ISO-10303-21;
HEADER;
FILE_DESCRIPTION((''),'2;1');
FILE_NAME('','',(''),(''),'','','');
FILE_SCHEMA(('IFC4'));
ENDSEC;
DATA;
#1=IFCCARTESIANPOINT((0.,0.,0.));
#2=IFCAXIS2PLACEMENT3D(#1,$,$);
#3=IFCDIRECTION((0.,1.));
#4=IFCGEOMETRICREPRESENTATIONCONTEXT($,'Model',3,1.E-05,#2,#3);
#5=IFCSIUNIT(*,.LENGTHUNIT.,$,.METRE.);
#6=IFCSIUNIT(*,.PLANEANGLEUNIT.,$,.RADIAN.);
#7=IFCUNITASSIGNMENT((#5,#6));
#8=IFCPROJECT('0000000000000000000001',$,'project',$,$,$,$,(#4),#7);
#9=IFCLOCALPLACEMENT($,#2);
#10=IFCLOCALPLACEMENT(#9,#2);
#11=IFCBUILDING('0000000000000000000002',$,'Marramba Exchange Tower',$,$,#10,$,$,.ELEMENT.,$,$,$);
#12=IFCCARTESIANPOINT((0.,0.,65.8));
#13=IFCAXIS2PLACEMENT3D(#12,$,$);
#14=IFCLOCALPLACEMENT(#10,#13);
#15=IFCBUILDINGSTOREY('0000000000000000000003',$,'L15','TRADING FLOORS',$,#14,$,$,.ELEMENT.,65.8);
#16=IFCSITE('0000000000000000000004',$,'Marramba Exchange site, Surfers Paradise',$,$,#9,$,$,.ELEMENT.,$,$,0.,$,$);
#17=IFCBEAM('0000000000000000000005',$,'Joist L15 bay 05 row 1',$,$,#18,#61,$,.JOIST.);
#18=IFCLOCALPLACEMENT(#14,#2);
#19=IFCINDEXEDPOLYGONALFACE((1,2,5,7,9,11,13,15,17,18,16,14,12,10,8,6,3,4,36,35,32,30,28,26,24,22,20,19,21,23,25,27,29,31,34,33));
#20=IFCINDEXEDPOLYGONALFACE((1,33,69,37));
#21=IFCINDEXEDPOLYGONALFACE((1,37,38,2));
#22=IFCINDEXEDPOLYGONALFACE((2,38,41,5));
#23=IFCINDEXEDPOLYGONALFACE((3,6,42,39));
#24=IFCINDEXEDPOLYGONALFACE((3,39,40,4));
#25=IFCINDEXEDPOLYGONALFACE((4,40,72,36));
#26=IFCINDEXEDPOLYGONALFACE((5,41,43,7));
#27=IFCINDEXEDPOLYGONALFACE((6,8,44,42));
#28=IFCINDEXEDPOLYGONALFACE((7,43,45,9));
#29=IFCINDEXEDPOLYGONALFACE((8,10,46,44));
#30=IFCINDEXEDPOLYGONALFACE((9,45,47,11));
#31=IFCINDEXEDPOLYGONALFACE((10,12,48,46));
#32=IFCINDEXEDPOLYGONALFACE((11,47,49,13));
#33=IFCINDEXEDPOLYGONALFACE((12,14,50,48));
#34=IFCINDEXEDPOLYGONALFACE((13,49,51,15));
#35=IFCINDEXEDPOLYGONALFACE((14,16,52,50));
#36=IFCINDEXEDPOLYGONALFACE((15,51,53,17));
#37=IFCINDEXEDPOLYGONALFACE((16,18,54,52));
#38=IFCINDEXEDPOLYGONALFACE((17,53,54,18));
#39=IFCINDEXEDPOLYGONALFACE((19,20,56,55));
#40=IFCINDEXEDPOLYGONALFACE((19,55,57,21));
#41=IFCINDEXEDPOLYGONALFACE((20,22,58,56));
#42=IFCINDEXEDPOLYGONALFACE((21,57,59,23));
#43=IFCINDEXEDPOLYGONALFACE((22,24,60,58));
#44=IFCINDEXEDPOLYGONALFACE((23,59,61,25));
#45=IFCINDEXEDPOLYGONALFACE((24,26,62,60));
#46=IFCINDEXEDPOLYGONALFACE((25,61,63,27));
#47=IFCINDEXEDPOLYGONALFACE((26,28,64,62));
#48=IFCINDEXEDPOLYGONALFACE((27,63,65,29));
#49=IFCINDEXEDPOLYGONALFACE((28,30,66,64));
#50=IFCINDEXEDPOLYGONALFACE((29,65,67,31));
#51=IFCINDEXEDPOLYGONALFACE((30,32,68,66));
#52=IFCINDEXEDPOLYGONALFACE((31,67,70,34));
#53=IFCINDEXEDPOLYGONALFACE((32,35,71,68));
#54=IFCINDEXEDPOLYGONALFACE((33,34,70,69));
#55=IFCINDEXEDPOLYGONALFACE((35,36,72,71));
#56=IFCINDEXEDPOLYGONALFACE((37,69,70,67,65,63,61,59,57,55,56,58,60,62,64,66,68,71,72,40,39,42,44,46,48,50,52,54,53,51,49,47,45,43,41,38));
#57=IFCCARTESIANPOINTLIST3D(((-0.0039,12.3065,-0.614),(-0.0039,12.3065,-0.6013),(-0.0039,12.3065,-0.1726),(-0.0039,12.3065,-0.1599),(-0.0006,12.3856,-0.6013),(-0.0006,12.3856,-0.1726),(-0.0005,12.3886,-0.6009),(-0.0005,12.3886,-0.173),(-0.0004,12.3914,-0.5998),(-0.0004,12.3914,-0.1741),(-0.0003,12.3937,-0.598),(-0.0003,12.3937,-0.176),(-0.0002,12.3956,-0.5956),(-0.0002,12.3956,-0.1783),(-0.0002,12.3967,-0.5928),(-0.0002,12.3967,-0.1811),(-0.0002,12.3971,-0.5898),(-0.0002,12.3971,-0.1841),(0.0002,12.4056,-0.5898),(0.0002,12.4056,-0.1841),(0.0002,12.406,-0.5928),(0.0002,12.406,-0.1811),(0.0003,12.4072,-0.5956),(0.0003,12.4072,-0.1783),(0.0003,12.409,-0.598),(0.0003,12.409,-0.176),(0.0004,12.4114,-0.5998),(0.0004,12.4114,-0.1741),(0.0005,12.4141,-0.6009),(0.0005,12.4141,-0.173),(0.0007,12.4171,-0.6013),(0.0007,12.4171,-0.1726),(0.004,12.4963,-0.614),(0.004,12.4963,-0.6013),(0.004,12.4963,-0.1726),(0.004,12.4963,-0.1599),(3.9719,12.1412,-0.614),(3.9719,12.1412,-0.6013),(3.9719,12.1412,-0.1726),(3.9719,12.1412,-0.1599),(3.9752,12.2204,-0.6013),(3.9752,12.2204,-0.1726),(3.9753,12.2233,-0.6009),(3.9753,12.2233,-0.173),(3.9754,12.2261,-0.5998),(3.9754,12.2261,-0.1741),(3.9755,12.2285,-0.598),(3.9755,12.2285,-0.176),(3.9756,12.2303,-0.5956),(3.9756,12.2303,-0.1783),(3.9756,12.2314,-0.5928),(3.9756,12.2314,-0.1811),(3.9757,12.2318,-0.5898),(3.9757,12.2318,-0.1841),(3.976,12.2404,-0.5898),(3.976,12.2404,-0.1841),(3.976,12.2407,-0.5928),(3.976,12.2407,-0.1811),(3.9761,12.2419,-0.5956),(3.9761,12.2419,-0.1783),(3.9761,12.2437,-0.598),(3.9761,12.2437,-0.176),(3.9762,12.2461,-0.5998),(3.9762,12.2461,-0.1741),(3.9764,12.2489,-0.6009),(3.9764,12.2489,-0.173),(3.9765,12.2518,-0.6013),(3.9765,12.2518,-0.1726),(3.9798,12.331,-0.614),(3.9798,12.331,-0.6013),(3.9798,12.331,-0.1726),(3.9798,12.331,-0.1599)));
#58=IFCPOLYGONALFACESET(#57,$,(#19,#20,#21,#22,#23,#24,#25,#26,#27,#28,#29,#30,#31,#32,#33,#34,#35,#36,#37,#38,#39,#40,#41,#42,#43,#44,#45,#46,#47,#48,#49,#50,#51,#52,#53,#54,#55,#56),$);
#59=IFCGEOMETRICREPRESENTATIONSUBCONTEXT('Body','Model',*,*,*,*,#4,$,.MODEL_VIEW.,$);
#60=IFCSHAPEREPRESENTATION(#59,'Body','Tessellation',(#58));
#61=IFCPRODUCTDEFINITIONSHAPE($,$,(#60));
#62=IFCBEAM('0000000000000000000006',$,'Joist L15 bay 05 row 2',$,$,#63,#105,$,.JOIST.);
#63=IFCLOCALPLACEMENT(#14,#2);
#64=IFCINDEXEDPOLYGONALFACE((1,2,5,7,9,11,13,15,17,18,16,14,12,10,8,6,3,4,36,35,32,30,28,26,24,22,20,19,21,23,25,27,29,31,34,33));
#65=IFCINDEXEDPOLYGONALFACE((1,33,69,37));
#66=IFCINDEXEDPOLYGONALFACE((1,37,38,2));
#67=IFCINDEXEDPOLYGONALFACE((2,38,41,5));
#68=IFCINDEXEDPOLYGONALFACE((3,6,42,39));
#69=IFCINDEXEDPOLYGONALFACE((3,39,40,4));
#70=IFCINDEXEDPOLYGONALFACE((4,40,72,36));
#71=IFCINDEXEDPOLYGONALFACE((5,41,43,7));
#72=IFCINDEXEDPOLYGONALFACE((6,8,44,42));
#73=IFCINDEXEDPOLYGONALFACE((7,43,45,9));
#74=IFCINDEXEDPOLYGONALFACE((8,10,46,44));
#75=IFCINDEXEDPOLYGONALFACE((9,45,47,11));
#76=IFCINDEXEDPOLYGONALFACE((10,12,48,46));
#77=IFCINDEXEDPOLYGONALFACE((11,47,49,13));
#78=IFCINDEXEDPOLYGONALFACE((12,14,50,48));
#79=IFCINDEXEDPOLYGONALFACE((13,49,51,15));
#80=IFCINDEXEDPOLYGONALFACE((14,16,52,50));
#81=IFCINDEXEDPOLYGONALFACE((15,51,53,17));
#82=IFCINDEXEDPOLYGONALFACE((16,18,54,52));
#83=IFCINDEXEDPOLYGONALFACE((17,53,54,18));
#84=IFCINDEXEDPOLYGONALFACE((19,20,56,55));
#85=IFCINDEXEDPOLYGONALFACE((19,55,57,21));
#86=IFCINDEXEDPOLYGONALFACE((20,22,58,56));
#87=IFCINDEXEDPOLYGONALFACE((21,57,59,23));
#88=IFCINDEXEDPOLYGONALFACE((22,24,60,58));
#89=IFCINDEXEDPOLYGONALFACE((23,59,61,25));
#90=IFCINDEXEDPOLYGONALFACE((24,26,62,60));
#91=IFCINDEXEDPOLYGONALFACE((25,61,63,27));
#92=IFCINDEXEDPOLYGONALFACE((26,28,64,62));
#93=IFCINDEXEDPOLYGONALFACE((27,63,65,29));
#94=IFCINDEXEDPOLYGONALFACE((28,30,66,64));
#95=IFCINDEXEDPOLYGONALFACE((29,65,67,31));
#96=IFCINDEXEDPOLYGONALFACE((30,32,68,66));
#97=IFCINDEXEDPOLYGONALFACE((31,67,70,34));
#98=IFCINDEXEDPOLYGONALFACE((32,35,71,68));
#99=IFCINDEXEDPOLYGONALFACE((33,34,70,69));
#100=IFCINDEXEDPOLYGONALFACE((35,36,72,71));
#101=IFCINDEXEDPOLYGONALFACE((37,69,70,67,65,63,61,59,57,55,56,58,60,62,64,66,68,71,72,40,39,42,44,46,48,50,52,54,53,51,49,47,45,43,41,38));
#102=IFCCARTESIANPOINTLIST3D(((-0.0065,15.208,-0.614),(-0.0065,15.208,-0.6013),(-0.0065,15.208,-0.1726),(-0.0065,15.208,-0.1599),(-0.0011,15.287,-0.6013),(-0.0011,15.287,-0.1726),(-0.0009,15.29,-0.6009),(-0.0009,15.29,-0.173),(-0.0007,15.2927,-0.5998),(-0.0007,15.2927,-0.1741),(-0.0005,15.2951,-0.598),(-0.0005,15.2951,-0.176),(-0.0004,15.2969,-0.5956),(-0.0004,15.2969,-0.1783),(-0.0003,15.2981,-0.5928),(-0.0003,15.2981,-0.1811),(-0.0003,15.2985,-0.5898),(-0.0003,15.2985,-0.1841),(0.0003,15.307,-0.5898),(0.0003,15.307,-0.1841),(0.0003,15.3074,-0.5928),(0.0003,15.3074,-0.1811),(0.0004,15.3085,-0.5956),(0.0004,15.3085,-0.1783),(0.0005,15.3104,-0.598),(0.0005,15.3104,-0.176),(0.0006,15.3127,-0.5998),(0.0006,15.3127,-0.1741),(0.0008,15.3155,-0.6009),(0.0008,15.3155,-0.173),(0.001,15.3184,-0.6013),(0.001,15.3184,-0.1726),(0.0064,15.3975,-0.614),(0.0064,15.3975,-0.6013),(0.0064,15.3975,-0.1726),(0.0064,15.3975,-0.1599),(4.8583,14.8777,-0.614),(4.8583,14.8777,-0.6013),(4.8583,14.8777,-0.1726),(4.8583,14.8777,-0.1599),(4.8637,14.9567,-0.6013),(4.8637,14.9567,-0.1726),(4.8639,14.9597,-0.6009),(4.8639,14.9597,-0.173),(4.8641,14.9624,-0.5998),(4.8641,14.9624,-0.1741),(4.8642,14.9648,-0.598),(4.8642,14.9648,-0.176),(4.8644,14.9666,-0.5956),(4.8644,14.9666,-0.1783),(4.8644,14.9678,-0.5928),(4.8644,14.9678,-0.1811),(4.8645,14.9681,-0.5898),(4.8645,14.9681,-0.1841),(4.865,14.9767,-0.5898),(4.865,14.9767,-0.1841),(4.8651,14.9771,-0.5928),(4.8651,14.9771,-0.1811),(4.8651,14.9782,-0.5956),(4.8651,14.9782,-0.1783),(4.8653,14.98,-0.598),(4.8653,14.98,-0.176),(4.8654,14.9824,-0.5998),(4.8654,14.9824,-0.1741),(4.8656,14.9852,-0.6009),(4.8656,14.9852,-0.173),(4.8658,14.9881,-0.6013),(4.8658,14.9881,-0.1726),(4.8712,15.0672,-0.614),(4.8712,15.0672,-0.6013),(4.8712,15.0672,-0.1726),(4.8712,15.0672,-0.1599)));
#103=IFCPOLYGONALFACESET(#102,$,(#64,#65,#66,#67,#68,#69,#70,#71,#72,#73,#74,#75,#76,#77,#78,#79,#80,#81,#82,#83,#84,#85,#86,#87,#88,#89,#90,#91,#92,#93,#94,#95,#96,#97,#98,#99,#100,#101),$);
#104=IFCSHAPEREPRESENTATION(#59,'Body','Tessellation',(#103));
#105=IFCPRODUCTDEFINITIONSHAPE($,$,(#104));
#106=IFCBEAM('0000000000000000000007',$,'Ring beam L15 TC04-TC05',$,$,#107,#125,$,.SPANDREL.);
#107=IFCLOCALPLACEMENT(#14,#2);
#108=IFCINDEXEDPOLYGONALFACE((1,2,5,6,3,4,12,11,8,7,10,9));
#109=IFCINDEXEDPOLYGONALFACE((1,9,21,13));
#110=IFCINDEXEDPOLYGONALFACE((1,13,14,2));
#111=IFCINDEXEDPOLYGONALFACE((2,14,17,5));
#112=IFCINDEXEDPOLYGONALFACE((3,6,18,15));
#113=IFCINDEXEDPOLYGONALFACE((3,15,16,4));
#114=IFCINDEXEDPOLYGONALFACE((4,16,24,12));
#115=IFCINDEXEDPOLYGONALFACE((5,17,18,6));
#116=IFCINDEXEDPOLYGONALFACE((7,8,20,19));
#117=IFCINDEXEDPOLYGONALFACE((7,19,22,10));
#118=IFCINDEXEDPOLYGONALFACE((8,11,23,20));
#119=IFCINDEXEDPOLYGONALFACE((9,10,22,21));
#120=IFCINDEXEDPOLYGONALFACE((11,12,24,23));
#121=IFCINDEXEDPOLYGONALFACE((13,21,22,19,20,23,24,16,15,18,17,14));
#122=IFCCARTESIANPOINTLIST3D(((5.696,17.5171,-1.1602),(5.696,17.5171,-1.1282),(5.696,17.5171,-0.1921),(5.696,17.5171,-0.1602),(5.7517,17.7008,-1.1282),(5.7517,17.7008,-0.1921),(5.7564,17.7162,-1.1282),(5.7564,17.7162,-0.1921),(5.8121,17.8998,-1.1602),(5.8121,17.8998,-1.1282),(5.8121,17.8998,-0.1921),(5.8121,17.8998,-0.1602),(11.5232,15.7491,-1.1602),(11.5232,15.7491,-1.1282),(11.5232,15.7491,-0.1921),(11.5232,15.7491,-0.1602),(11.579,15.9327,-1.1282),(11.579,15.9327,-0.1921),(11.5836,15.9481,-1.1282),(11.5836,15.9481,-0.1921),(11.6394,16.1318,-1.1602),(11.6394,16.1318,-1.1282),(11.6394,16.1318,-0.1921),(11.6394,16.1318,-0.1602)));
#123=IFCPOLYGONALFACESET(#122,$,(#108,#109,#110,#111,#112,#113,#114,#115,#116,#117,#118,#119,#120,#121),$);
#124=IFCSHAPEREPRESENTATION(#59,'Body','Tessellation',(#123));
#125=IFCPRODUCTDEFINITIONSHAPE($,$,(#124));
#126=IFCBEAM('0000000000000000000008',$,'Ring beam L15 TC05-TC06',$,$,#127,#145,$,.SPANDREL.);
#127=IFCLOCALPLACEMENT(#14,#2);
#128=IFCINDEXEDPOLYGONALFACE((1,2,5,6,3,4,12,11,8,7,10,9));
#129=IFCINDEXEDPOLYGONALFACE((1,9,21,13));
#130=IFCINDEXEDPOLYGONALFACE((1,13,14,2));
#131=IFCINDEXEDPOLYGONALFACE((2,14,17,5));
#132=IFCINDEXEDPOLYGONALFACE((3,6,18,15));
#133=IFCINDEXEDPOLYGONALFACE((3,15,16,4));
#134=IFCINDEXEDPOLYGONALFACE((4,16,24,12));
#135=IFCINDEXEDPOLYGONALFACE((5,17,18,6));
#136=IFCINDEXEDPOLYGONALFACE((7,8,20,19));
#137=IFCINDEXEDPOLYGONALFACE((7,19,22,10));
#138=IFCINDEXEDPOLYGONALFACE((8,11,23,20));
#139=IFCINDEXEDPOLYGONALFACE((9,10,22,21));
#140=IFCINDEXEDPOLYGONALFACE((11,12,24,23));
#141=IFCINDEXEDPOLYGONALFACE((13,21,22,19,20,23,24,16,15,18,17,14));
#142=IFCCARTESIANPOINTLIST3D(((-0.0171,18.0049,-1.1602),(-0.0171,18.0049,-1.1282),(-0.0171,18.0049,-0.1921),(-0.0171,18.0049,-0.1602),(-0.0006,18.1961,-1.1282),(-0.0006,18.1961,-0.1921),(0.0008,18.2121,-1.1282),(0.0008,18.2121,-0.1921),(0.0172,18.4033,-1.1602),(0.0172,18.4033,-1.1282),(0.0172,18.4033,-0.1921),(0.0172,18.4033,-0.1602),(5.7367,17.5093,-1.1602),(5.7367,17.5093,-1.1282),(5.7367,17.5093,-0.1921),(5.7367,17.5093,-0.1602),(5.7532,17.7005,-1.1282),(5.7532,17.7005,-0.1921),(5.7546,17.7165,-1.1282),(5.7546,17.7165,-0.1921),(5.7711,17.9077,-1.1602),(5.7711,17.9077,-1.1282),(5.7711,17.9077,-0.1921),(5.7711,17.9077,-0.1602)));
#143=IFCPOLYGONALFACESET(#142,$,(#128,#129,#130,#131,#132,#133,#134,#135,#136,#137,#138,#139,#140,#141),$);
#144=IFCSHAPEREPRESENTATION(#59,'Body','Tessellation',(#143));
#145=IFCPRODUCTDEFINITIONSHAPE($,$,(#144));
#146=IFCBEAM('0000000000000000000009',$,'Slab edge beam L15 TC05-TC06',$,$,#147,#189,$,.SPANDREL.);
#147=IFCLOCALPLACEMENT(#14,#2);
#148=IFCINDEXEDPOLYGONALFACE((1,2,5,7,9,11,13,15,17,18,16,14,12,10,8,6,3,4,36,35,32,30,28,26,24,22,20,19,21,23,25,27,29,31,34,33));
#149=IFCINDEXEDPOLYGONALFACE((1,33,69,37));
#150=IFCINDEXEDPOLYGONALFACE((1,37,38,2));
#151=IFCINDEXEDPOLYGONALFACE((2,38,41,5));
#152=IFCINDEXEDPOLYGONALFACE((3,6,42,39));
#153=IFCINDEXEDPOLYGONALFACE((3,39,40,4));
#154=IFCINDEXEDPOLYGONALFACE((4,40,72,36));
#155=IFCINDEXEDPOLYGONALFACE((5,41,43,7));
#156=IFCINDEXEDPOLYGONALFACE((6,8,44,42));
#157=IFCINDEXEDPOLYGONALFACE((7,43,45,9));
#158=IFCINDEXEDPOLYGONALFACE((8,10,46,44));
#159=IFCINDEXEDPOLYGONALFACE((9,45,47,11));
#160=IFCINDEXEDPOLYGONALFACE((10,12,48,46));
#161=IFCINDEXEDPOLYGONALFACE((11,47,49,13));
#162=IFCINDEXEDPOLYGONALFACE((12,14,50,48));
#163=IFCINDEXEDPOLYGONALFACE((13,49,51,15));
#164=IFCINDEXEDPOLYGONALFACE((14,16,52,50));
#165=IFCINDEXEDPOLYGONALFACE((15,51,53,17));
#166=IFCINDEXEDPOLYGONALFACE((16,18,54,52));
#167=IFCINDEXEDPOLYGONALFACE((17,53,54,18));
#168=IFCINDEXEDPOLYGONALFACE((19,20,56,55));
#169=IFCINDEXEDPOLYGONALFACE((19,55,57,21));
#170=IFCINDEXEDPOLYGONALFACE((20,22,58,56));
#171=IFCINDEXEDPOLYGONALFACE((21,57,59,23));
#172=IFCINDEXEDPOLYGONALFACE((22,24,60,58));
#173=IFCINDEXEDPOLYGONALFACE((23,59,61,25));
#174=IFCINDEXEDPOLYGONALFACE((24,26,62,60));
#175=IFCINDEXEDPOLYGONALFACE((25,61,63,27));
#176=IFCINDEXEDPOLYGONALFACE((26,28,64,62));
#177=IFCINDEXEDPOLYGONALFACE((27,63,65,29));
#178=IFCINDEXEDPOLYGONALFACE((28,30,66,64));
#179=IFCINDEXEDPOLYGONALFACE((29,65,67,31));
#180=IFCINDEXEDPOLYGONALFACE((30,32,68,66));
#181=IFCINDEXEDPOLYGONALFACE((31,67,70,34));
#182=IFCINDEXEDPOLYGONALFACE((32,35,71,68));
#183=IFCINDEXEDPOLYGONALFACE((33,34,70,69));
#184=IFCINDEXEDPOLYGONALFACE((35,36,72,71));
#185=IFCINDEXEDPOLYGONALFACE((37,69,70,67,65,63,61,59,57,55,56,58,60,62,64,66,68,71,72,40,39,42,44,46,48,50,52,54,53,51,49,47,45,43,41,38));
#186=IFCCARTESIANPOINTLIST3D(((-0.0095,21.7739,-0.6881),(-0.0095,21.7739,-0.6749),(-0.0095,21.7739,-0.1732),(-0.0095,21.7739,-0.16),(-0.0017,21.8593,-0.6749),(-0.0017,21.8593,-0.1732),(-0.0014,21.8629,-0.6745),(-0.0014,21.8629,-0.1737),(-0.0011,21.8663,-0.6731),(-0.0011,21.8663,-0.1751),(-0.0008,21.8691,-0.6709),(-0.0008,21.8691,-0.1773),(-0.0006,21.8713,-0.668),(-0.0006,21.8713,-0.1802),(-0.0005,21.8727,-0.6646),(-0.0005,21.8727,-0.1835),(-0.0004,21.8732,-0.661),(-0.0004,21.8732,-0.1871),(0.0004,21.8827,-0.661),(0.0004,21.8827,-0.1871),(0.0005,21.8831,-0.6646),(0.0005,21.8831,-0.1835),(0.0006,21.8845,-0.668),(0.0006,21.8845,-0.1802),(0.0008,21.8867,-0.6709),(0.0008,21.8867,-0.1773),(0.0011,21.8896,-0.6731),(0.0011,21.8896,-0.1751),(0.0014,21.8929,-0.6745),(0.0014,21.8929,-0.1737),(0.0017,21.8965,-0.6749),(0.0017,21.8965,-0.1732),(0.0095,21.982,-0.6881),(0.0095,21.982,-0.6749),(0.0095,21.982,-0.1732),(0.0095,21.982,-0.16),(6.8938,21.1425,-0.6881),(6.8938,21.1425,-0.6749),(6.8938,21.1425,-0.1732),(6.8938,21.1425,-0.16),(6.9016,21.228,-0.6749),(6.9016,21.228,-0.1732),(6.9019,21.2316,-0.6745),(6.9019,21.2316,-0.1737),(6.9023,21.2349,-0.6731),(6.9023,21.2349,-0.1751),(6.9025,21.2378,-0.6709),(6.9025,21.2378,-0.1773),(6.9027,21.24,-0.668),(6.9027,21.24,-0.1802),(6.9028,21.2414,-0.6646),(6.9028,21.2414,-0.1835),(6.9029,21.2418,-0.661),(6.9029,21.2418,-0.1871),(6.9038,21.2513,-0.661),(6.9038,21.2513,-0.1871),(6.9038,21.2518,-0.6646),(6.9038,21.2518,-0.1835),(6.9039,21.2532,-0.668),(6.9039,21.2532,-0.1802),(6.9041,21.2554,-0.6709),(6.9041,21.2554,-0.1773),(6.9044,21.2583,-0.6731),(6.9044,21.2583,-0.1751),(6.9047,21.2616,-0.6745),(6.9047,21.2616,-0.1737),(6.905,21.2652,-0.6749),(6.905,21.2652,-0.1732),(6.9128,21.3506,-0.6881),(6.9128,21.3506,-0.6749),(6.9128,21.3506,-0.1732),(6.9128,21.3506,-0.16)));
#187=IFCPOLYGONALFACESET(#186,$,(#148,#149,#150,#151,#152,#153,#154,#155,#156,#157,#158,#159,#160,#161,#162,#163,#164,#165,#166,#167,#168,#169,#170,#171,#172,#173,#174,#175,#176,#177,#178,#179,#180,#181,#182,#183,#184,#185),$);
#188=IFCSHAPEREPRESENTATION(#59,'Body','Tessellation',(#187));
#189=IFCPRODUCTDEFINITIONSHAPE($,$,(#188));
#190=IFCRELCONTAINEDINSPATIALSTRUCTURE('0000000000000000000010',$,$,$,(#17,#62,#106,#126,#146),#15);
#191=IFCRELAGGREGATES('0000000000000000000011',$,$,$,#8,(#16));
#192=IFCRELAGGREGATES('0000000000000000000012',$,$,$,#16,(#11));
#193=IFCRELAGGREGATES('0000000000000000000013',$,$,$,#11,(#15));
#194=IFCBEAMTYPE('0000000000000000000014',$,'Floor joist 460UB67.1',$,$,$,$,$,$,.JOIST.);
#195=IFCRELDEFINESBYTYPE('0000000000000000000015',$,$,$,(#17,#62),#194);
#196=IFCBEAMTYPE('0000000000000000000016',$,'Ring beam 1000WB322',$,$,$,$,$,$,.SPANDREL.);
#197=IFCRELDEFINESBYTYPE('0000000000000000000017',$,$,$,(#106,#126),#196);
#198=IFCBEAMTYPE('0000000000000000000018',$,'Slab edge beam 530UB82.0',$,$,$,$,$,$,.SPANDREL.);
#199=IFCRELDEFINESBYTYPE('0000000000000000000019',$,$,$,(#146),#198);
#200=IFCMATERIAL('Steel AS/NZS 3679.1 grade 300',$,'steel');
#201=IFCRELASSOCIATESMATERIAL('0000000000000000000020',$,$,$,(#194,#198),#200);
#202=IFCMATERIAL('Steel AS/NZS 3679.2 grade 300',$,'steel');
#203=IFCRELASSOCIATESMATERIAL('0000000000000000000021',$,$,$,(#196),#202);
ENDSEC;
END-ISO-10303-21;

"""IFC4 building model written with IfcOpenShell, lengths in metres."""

from ifc_helpers import new_model, si_unit, direction, frame, origin, origin_2d, place, context, subcontext, project, spatial, i_section, extrude, material, material_profile, profile_set, type_object, element, save


model = new_model("IFC4")

# Units and contexts
model_context = context("Model", 3, precision=1e-05, world=origin(), true_north=direction((0.0, 1.0)))
body_context = subcontext(model_context, "Body", "Model", "MODEL_VIEW")
ifc_project = project(units=[si_unit("LENGTHUNIT", "METRE"), si_unit("PLANEANGLEUNIT", "RADIAN")], contexts=[model_context])

# Site, building, storey
site_placement = place(None, origin())
site = spatial("IfcSite", under=ifc_project, at=site_placement, Name="Marramba Exchange site, Surfers Paradise", CompositionType="ELEMENT", RefElevation=0.0)
building_placement = place(site_placement, origin())
building = spatial("IfcBuilding", under=site, at=building_placement, Name="Marramba Exchange Tower", CompositionType="ELEMENT")
storey_placement = place(building_placement, frame((0.0, 0.0, 65.8)))
storey = spatial("IfcBuildingStorey", under=building, at=storey_placement, Name="L15", Description="TRADING FLOORS", CompositionType="ELEMENT", Elevation=65.8)

# Beams
ifc_material_1 = material(Name="Steel AS/NZS 3679.2 grade 300", Category="steel")
ifc_material_2 = material(Name="Steel AS/NZS 3679.1 grade 300", Category="steel")
ifc_material_profile_1 = material_profile(ifc_material_2, i_section(OverallWidth=0.1899, OverallDepth=0.4541, WebThickness=0.0085, FlangeThickness=0.0127, FilletRadius=0.0115, at=origin_2d()), Name="460UB67.1")
ifc_profile_set_1 = profile_set([ifc_material_profile_1], Name="Steel AS/NZS 3679.1 grade 300")
beam_type_1 = type_object("IfcBeamType", Name="Floor joist 460UB67.1", PredefinedType="JOIST", material=ifc_profile_set_1)
beam_1_placement = place(storey_placement, frame((3.9758, 12.2361, -0.387), z_axis=(-0.999137, 0.041536, 0.0), x_axis=(-0.041536, -0.999137, 0.0)))
element("IfcBeam", 1, at=beam_1_placement, inside=storey, type_object=beam_type_1, Name="Joist L15 bay 05 row 1", PredefinedType="JOIST", context=body_context, shape_type="SweptSolid", body=[
    extrude(i_section(OverallWidth=0.1899, OverallDepth=0.4541, WebThickness=0.0085, FlangeThickness=0.0127, FilletRadius=0.0115, at=origin_2d()), origin(), (0.0, 0.0, 1.0), 3.9792),
])
beam_2_placement = place(storey_placement, frame((4.8647, 14.9724, -0.387), z_axis=(-0.997703, 0.067745, 0.0), x_axis=(-0.067745, -0.997703, 0.0)))
element("IfcBeam", 2, at=beam_2_placement, inside=storey, type_object=beam_type_1, Name="Joist L15 bay 05 row 2", PredefinedType="JOIST", context=body_context, shape_type="SweptSolid", body=[
    extrude(i_section(OverallWidth=0.1899, OverallDepth=0.4541, WebThickness=0.0085, FlangeThickness=0.0127, FilletRadius=0.0115, at=origin_2d()), origin(), (0.0, 0.0, 1.0), 4.876),
])
ifc_material_profile_2 = material_profile(ifc_material_1, i_section(OverallWidth=0.3999, OverallDepth=1.0, WebThickness=0.0161, FlangeThickness=0.032, at=origin_2d()), Name="1000WB322")
ifc_profile_set_2 = profile_set([ifc_material_profile_2], Name="Steel AS/NZS 3679.2 grade 300")
beam_type_2 = type_object("IfcBeamType", Name="Ring beam 1000WB322", PredefinedType="SPANDREL", material=ifc_profile_set_2)
beam_3_placement = place(storey_placement, frame((11.5813, 15.9404, -0.6602), z_axis=(-0.956925, 0.290337, 0.0), x_axis=(-0.290337, -0.956925, 0.0)))
element("IfcBeam", 3, at=beam_3_placement, inside=storey, type_object=beam_type_2, Name="Ring beam L15 TC04-TC05", PredefinedType="SPANDREL", context=body_context, shape_type="SweptSolid", body=[
    extrude(i_section(OverallWidth=0.3999, OverallDepth=1.0, WebThickness=0.0161, FlangeThickness=0.032, at=origin_2d()), origin(), (0.0, 0.0, 1.0), 6.0896),
])
beam_4_placement = place(storey_placement, frame((5.7539, 17.7085, -0.6602), z_axis=(-0.996311, 0.085816, 0.0), x_axis=(-0.085816, -0.996311, 0.0)))
element("IfcBeam", 4, at=beam_4_placement, inside=storey, type_object=beam_type_2, Name="Ring beam L15 TC05-TC06", PredefinedType="SPANDREL", context=body_context, shape_type="SweptSolid", body=[
    extrude(i_section(OverallWidth=0.3999, OverallDepth=1.0, WebThickness=0.0161, FlangeThickness=0.032, at=origin_2d()), origin(), (0.0, 0.0, 1.0), 5.7751),
])
ifc_material_profile_3 = material_profile(ifc_material_2, i_section(OverallWidth=0.209, OverallDepth=0.5281, WebThickness=0.0095, FlangeThickness=0.0132, FilletRadius=0.0139, at=origin_2d()), Name="530UB82.0")
ifc_profile_set_3 = profile_set([ifc_material_profile_3], Name="Steel AS/NZS 3679.1 grade 300")
beam_type_3 = type_object("IfcBeamType", Name="Slab edge beam 530UB82.0", PredefinedType="SPANDREL", material=ifc_profile_set_3)
beam_5_placement = place(storey_placement, frame((6.9033, 21.2466, -0.4241), z_axis=(-0.995844, 0.091076, 0.0), x_axis=(-0.091076, -0.995844, 0.0)))
element("IfcBeam", 5, at=beam_5_placement, inside=storey, type_object=beam_type_3, Name="Slab edge beam L15 TC05-TC06", PredefinedType="SPANDREL", context=body_context, shape_type="SweptSolid", body=[
    extrude(i_section(OverallWidth=0.209, OverallDepth=0.5281, WebThickness=0.0095, FlangeThickness=0.0132, FilletRadius=0.0139, at=origin_2d()), origin(), (0.0, 0.0, 1.0), 6.9321),
])

save(model, "model.ifc")
